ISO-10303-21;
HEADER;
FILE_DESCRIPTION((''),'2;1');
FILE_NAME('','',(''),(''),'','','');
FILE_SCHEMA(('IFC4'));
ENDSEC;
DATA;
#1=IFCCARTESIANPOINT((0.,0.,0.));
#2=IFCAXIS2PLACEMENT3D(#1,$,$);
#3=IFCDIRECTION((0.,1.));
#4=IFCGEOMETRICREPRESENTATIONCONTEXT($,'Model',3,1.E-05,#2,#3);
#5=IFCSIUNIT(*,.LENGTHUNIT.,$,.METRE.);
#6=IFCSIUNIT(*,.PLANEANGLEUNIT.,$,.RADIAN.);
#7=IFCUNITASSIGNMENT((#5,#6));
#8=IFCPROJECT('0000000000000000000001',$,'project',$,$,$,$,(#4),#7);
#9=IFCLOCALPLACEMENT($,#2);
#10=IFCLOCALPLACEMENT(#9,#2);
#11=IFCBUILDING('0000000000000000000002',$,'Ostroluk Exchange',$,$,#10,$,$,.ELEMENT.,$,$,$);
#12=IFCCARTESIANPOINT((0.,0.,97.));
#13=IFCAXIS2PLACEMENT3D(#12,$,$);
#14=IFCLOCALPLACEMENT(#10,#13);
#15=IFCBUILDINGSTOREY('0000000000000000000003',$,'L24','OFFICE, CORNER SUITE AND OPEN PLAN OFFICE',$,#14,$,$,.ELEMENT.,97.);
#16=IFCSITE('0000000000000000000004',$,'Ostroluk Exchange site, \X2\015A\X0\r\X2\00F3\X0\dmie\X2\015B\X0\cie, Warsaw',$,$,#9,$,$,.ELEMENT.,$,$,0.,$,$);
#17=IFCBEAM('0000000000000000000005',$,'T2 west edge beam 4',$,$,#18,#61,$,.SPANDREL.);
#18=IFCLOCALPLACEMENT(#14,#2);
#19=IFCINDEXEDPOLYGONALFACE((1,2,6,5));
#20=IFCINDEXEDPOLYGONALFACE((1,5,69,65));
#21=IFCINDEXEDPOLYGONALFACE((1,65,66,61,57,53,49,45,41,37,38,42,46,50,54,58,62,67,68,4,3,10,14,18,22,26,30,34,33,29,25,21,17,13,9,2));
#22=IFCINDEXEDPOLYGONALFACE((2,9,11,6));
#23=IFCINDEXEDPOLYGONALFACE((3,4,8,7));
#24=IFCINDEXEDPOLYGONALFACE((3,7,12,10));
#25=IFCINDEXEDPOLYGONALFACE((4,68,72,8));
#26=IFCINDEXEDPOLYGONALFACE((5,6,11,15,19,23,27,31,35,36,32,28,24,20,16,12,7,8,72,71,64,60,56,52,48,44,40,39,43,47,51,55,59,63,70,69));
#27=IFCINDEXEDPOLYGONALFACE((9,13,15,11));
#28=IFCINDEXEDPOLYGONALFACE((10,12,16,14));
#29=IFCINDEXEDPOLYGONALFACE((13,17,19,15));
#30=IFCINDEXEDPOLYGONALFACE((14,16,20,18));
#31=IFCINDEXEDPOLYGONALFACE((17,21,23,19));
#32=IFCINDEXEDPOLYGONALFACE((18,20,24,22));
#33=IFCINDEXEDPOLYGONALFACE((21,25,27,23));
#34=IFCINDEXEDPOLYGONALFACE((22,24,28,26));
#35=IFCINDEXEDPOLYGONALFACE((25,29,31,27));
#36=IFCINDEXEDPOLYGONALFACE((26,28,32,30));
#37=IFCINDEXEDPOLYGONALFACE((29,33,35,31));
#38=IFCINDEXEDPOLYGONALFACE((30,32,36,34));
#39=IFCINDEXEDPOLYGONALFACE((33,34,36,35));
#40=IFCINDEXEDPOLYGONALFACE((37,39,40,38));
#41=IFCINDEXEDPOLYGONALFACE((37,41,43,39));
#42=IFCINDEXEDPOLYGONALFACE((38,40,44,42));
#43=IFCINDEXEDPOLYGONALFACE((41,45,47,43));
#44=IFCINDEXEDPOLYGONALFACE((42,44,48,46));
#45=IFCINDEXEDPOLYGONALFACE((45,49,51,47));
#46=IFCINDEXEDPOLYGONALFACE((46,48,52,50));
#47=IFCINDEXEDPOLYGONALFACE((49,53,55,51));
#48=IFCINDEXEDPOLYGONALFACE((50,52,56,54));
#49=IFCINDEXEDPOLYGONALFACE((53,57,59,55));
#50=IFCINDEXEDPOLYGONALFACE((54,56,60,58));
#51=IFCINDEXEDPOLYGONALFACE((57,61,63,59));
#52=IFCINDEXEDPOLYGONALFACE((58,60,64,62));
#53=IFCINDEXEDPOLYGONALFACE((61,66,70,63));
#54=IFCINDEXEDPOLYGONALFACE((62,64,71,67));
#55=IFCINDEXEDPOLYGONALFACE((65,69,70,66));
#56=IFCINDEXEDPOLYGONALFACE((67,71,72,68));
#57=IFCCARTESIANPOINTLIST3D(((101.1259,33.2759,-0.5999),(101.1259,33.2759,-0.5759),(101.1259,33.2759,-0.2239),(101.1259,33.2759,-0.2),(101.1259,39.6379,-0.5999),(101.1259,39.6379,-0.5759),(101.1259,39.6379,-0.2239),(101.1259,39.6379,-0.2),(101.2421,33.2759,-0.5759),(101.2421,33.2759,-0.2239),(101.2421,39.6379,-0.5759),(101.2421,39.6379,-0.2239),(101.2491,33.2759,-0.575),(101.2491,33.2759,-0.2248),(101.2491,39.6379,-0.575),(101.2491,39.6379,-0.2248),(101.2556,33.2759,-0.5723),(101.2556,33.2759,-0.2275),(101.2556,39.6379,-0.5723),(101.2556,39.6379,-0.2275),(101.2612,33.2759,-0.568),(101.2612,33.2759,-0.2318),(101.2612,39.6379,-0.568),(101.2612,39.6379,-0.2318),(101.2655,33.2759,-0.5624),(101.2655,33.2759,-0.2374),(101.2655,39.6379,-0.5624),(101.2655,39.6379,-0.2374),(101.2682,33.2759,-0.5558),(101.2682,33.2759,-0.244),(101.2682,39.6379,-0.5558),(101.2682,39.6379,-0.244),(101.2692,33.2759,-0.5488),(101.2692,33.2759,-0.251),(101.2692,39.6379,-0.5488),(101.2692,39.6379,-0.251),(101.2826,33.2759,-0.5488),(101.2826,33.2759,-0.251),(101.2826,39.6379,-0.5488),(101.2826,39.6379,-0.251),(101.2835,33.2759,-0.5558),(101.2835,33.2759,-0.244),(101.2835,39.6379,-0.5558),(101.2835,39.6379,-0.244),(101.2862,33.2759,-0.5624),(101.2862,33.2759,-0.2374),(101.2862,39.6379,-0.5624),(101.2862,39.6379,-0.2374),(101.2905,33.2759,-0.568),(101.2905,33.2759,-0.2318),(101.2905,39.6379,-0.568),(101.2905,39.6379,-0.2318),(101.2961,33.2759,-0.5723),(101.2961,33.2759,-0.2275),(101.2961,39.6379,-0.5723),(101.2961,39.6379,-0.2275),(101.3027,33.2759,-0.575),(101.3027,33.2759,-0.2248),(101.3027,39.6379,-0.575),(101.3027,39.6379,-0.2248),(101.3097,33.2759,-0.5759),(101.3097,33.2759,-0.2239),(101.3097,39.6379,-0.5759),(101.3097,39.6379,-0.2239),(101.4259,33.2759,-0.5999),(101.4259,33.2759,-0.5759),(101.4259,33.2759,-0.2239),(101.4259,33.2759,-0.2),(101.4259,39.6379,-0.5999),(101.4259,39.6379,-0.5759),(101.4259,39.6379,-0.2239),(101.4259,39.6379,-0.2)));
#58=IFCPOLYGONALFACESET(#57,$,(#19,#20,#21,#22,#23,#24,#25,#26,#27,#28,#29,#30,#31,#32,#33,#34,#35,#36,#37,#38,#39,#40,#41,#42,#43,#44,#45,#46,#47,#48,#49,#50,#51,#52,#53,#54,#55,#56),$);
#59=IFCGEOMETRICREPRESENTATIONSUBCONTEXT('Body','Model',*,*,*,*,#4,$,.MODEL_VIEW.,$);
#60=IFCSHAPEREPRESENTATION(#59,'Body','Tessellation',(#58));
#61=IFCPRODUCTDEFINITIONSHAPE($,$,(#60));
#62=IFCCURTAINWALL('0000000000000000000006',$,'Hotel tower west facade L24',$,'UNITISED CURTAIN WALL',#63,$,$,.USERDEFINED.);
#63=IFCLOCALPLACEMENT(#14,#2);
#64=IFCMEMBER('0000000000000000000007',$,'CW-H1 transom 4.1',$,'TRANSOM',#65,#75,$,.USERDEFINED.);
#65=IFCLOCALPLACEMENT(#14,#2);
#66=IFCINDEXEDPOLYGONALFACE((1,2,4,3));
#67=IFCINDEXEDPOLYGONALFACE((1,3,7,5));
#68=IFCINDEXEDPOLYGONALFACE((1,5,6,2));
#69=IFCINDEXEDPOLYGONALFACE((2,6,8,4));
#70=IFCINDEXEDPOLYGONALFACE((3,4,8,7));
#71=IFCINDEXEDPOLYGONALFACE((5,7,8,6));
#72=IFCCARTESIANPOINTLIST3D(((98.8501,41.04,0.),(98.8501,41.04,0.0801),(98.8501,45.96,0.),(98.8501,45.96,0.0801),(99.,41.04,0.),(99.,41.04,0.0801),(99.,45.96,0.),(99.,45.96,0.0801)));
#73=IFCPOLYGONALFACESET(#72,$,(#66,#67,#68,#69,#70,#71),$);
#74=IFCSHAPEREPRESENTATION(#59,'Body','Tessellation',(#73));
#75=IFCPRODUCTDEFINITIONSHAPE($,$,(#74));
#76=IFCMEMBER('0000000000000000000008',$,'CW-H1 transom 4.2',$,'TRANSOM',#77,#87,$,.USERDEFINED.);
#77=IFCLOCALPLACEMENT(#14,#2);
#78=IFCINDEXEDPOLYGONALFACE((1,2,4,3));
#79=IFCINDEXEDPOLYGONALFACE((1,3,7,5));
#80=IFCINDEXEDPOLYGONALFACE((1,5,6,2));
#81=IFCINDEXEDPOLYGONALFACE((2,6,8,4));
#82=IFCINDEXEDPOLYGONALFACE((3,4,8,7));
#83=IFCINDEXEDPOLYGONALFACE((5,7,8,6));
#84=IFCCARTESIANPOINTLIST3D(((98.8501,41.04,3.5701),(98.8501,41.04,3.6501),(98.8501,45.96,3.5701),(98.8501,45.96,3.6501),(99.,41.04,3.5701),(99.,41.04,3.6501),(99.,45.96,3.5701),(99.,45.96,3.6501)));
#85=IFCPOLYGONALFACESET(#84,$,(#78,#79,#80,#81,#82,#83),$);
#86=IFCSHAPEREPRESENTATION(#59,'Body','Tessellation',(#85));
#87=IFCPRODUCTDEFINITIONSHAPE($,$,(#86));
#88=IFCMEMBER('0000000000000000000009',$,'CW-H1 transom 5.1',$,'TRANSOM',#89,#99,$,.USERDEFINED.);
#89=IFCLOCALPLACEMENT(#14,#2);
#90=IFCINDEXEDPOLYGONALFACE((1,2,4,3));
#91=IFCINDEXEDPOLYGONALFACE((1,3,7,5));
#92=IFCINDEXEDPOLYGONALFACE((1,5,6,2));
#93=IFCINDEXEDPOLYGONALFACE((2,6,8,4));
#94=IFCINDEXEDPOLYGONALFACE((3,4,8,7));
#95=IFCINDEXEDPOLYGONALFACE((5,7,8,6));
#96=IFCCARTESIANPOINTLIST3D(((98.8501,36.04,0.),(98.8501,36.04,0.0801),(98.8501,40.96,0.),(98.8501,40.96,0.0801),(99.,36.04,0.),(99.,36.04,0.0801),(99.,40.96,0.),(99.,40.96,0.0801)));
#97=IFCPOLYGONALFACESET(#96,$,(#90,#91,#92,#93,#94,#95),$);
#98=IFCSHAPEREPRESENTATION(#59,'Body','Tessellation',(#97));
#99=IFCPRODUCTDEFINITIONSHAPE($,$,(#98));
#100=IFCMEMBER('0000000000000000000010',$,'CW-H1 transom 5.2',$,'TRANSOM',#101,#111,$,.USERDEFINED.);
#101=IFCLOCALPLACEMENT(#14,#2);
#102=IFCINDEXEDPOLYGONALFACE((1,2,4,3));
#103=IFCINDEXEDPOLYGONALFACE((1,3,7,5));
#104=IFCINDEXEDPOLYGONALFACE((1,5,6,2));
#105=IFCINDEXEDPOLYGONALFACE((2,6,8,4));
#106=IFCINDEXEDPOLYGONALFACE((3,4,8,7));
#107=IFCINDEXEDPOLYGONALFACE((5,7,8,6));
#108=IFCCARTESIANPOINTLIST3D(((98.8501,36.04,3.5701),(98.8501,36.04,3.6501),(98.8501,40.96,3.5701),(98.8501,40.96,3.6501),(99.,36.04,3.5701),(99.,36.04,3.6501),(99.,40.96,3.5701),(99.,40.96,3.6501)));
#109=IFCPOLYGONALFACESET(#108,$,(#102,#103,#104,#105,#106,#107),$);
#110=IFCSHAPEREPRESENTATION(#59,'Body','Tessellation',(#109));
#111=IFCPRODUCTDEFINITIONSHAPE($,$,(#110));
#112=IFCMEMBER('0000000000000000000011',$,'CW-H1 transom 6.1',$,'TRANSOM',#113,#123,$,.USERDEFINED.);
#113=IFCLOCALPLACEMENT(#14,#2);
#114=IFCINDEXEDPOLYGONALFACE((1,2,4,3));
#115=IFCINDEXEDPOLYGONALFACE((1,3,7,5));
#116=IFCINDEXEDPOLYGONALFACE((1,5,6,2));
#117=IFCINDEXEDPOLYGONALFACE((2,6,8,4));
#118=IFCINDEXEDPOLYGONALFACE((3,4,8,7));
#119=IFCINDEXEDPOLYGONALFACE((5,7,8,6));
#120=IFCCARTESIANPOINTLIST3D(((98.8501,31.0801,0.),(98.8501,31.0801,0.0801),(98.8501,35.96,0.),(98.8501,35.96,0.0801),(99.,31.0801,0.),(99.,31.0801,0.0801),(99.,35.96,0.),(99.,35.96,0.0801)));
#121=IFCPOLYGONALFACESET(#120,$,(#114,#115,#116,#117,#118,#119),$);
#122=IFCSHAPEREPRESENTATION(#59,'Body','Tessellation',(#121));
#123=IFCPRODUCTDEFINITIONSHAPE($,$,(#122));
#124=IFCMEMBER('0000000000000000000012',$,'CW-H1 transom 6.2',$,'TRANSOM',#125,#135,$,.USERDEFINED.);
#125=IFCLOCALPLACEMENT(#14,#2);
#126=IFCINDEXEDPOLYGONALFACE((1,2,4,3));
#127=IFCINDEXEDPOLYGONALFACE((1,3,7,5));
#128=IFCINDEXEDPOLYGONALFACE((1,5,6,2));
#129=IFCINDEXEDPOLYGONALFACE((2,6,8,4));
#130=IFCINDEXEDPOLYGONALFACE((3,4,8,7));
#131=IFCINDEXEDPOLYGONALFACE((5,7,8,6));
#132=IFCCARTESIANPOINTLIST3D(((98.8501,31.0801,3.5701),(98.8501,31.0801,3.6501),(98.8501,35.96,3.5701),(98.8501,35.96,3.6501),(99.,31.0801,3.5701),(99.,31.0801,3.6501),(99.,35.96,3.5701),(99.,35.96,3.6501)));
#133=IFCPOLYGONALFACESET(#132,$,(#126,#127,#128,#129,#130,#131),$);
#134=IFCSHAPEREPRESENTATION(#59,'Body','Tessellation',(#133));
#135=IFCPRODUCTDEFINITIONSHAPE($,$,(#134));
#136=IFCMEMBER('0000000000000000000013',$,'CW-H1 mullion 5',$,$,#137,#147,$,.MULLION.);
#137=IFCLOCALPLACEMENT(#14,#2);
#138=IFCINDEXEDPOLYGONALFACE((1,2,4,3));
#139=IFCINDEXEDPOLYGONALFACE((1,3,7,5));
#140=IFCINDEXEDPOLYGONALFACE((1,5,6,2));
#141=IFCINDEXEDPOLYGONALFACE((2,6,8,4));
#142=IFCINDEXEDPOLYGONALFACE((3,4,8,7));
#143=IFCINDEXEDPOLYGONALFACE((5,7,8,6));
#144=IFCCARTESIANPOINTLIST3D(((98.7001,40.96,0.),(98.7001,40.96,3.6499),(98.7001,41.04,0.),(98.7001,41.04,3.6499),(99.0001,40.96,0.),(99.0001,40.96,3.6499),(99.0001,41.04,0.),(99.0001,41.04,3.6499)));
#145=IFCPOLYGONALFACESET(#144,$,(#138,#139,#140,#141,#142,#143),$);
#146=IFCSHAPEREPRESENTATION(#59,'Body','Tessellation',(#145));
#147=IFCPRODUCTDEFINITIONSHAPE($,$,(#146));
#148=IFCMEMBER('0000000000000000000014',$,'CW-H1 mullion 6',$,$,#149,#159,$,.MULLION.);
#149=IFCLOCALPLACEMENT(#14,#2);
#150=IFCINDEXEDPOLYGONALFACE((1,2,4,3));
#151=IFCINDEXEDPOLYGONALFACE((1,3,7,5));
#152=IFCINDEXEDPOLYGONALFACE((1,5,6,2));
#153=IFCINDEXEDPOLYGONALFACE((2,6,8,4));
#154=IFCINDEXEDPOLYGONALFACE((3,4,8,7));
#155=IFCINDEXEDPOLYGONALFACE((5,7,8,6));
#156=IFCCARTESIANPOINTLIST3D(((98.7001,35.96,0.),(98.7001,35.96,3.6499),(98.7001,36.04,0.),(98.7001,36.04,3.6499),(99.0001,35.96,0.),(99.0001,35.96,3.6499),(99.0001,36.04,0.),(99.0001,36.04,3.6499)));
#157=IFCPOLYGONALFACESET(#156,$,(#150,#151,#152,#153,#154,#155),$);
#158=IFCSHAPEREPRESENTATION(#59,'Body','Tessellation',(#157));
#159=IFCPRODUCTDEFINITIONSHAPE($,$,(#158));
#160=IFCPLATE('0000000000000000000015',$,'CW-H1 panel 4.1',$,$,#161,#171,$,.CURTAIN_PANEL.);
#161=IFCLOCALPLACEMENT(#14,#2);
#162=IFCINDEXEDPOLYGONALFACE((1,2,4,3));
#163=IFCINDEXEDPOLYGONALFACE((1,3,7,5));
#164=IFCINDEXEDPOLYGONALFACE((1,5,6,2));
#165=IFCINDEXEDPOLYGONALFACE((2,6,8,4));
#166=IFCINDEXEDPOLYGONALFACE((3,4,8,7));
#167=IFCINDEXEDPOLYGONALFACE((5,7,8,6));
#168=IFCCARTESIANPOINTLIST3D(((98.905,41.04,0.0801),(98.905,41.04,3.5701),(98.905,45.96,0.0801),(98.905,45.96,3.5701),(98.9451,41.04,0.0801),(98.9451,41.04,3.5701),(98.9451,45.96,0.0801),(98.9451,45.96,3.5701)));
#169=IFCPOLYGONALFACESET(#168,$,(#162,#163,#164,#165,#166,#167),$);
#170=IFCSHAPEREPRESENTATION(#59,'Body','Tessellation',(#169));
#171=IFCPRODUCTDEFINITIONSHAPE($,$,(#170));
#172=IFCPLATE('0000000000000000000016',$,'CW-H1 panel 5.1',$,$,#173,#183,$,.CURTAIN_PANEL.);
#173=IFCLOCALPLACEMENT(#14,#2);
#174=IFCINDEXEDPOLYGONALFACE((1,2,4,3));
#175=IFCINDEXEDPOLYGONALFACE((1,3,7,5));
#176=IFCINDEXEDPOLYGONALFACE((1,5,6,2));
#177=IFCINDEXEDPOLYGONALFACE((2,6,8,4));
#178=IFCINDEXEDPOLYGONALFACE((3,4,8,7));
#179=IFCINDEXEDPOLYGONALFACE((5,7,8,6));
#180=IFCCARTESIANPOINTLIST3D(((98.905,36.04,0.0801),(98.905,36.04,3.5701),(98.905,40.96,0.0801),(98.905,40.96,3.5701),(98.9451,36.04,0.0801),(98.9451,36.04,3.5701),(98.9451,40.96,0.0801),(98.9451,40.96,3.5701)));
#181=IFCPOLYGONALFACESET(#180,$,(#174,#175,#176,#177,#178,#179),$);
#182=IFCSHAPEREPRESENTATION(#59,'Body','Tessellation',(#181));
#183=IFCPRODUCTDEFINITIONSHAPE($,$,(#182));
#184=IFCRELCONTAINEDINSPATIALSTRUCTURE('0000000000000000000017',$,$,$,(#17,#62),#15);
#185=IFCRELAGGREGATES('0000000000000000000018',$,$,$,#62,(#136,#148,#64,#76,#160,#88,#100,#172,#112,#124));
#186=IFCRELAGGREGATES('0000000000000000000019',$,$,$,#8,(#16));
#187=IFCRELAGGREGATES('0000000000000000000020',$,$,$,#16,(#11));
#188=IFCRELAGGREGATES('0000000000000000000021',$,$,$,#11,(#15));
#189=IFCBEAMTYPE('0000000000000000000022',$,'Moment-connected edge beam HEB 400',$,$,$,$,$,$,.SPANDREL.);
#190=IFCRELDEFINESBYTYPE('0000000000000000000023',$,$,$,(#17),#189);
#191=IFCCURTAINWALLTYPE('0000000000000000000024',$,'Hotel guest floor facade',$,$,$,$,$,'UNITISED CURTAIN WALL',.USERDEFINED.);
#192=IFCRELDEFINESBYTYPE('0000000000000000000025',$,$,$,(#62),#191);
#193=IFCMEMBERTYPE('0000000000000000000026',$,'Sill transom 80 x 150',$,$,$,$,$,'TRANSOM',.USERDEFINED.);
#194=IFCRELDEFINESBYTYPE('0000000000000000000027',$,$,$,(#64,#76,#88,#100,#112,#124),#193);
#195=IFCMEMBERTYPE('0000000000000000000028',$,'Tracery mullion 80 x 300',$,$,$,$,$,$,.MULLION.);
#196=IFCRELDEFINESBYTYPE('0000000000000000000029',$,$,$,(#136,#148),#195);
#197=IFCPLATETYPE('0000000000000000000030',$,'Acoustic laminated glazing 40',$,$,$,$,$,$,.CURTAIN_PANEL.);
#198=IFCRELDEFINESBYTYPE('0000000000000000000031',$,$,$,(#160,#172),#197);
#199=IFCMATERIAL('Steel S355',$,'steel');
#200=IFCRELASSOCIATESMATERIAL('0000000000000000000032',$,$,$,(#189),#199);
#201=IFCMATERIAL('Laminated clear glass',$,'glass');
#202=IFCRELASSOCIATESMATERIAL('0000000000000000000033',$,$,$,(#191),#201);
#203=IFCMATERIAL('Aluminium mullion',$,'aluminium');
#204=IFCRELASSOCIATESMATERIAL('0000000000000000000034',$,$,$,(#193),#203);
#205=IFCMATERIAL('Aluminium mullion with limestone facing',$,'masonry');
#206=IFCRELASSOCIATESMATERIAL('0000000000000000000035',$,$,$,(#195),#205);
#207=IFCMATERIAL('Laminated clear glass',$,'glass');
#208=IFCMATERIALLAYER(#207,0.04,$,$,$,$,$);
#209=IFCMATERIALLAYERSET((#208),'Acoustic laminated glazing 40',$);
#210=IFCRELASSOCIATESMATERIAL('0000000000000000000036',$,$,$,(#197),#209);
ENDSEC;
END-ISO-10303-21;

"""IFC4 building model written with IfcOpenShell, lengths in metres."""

from ifc_helpers import new_model, si_unit, direction, frame, origin, origin_2d, place, context, subcontext, project, spatial, rectangle, i_section, extrude, material, layer, layer_set, material_profile, profile_set, type_object, element, aggregate, save


model = new_model("IFC4")

# Units and contexts
model_context = context("Model", 3, precision=1e-05, world=origin(), true_north=direction((0.0, 1.0)))
body_context = subcontext(model_context, "Body", "Model", "MODEL_VIEW")
ifc_project = project(units=[si_unit("LENGTHUNIT", "METRE"), si_unit("PLANEANGLEUNIT", "RADIAN")], contexts=[model_context])

# Site, building, storey
site_placement = place(None, origin())
site = spatial("IfcSite", under=ifc_project, at=site_placement, Name="Ostroluk Exchange site, Śródmieście, Warsaw", CompositionType="ELEMENT", RefElevation=0.0)
building_placement = place(site_placement, origin())
building = spatial("IfcBuilding", under=site, at=building_placement, Name="Ostroluk Exchange", CompositionType="ELEMENT")
storey_placement = place(building_placement, frame((0.0, 0.0, 97.0)))
storey = spatial("IfcBuildingStorey", under=building, at=storey_placement, Name="L24", Description="OFFICE, CORNER SUITE AND OPEN PLAN OFFICE", CompositionType="ELEMENT", Elevation=97.0)

# Beam
ifc_material_1 = material(Name="Steel S355", Category="steel")
ifc_material_profile_1 = material_profile(ifc_material_1, i_section(OverallWidth=0.3, OverallDepth=0.3999, WebThickness=0.0134, FlangeThickness=0.0239, FilletRadius=0.0271, at=origin_2d()), Name="HEB 400")
ifc_profile_set_1 = profile_set([ifc_material_profile_1], Name="Steel S355")
beam_type_1 = type_object("IfcBeamType", Name="Moment-connected edge beam HEB 400", PredefinedType="SPANDREL", material=ifc_profile_set_1)
beam_1_placement = place(storey_placement, frame((101.2759, 39.6379, -0.3999), z_axis=(0.0, -1.0, 0.0), x_axis=(1.0, 0.0, 0.0)))
element("IfcBeam", 1, at=beam_1_placement, inside=storey, type_object=beam_type_1, Name="T2 west edge beam 4", PredefinedType="SPANDREL", context=body_context, shape_type="SweptSolid", body=[
    extrude(i_section(OverallWidth=0.3, OverallDepth=0.3999, WebThickness=0.0134, FlangeThickness=0.0239, FilletRadius=0.0271, at=origin_2d()), origin(), (0.0, 0.0, 1.0), 6.3621),
])

# Curtain wall, members, plates
ifc_material_2 = material(Name="Laminated clear glass", Category="glass")
curtain_wall_type = type_object("IfcCurtainWallType", Name="Hotel guest floor facade", ElementType="UNITISED CURTAIN WALL", PredefinedType="USERDEFINED", material=ifc_material_2)
curtain_wall_placement = place(storey_placement, origin())
curtain_wall = element("IfcCurtainWall", 2, at=curtain_wall_placement, inside=storey, type_object=curtain_wall_type, Name="Hotel tower west facade L24", ObjectType="UNITISED CURTAIN WALL", PredefinedType="USERDEFINED")
ifc_material_3 = material(Name="Aluminium mullion", Category="aluminium")
ifc_material_profile_2 = material_profile(ifc_material_3, rectangle(XDim=0.1499, YDim=0.0801, at=origin_2d()), Name="Sill transom 80 x 150")
ifc_profile_set_2 = profile_set([ifc_material_profile_2], Name="Aluminium mullion")
member_type_1 = type_object("IfcMemberType", Name="Sill transom 80 x 150", ElementType="TRANSOM", PredefinedType="USERDEFINED", material=ifc_profile_set_2)
member_1_placement = place(storey_placement, frame((98.925, 45.96, 0.04), z_axis=(0.0, -1.0, 0.0), x_axis=(1.0, 0.0, 0.0)))
member_1 = element("IfcMember", 3, at=member_1_placement, type_object=member_type_1, Name="CW-H1 transom 4.1", ObjectType="TRANSOM", PredefinedType="USERDEFINED", context=body_context, shape_type="SweptSolid", body=[
    extrude(rectangle(XDim=0.1499, YDim=0.0801, at=origin_2d()), origin(), (0.0, 0.0, 1.0), 4.9199),
])
member_2_placement = place(storey_placement, frame((98.925, 45.96, 3.6101), z_axis=(0.0, -1.0, 0.0), x_axis=(1.0, 0.0, 0.0)))
member_2 = element("IfcMember", 4, at=member_2_placement, type_object=member_type_1, Name="CW-H1 transom 4.2", ObjectType="TRANSOM", PredefinedType="USERDEFINED", context=body_context, shape_type="SweptSolid", body=[
    extrude(rectangle(XDim=0.1499, YDim=0.0801, at=origin_2d()), origin(), (0.0, 0.0, 1.0), 4.9199),
])
member_3_placement = place(storey_placement, frame((98.925, 40.96, 0.04), z_axis=(0.0, -1.0, 0.0), x_axis=(1.0, 0.0, 0.0)))
member_3 = element("IfcMember", 5, at=member_3_placement, type_object=member_type_1, Name="CW-H1 transom 5.1", ObjectType="TRANSOM", PredefinedType="USERDEFINED", context=body_context, shape_type="SweptSolid", body=[
    extrude(rectangle(XDim=0.1499, YDim=0.0801, at=origin_2d()), origin(), (0.0, 0.0, 1.0), 4.9199),
])
member_4_placement = place(storey_placement, frame((98.925, 40.96, 3.6101), z_axis=(0.0, -1.0, 0.0), x_axis=(1.0, 0.0, 0.0)))
member_4 = element("IfcMember", 6, at=member_4_placement, type_object=member_type_1, Name="CW-H1 transom 5.2", ObjectType="TRANSOM", PredefinedType="USERDEFINED", context=body_context, shape_type="SweptSolid", body=[
    extrude(rectangle(XDim=0.1499, YDim=0.0801, at=origin_2d()), origin(), (0.0, 0.0, 1.0), 4.9199),
])
member_5_placement = place(storey_placement, frame((98.925, 35.96, 0.04), z_axis=(0.0, -1.0, 0.0), x_axis=(1.0, 0.0, 0.0)))
member_5 = element("IfcMember", 7, at=member_5_placement, type_object=member_type_1, Name="CW-H1 transom 6.1", ObjectType="TRANSOM", PredefinedType="USERDEFINED", context=body_context, shape_type="SweptSolid", body=[
    extrude(rectangle(XDim=0.1499, YDim=0.0801, at=origin_2d()), origin(), (0.0, 0.0, 1.0), 4.8799),
])
member_6_placement = place(storey_placement, frame((98.925, 35.96, 3.6101), z_axis=(0.0, -1.0, 0.0), x_axis=(1.0, 0.0, 0.0)))
member_6 = element("IfcMember", 8, at=member_6_placement, type_object=member_type_1, Name="CW-H1 transom 6.2", ObjectType="TRANSOM", PredefinedType="USERDEFINED", context=body_context, shape_type="SweptSolid", body=[
    extrude(rectangle(XDim=0.1499, YDim=0.0801, at=origin_2d()), origin(), (0.0, 0.0, 1.0), 4.8799),
])
ifc_material_4 = material(Name="Aluminium mullion with limestone facing", Category="masonry")
ifc_material_profile_3 = material_profile(ifc_material_4, rectangle(XDim=0.3, YDim=0.0801, at=origin_2d()), Name="Tracery mullion 80 x 300")
ifc_profile_set_3 = profile_set([ifc_material_profile_3], Name="Aluminium mullion with limestone facing")
member_type_2 = type_object("IfcMemberType", Name="Tracery mullion 80 x 300", PredefinedType="MULLION", material=ifc_profile_set_3)
member_7_placement = place(storey_placement, frame((98.8501, 41.0, 0.0), z_axis=(0.0, 0.0, 1.0), x_axis=(1.0, 0.0, 0.0)))
member_7 = element("IfcMember", 9, at=member_7_placement, type_object=member_type_2, Name="CW-H1 mullion 5", PredefinedType="MULLION", context=body_context, shape_type="SweptSolid", body=[
    extrude(rectangle(XDim=0.3, YDim=0.0801, at=origin_2d()), origin(), (0.0, 0.0, 1.0), 3.6499),
])
member_8_placement = place(storey_placement, frame((98.8501, 36.0, 0.0), z_axis=(0.0, 0.0, 1.0), x_axis=(1.0, 0.0, 0.0)))
member_8 = element("IfcMember", 10, at=member_8_placement, type_object=member_type_2, Name="CW-H1 mullion 6", PredefinedType="MULLION", context=body_context, shape_type="SweptSolid", body=[
    extrude(rectangle(XDim=0.3, YDim=0.0801, at=origin_2d()), origin(), (0.0, 0.0, 1.0), 3.6499),
])
ifc_material_5 = material(Name="Laminated clear glass", Category="glass")
ifc_layer_1 = layer(ifc_material_5, 0.04)
ifc_layer_set_1 = layer_set([ifc_layer_1], Name="Acoustic laminated glazing 40")
plate_type = type_object("IfcPlateType", Name="Acoustic laminated glazing 40", PredefinedType="CURTAIN_PANEL", material=ifc_layer_set_1)
plate_1_placement = place(storey_placement, frame((98.925, 43.5, 0.0801), z_axis=(0.0, 0.0, 1.0), x_axis=(0.0, -1.0, 0.0)))
plate_1 = element("IfcPlate", 11, at=plate_1_placement, type_object=plate_type, Name="CW-H1 panel 4.1", PredefinedType="CURTAIN_PANEL", context=body_context, shape_type="SweptSolid", body=[
    extrude(rectangle(XDim=4.9199, YDim=0.04, at=origin_2d()), origin(), (0.0, 0.0, 1.0), 3.49),
])
plate_2_placement = place(storey_placement, frame((98.925, 38.5, 0.0801), z_axis=(0.0, 0.0, 1.0), x_axis=(0.0, -1.0, 0.0)))
plate_2 = element("IfcPlate", 12, at=plate_2_placement, type_object=plate_type, Name="CW-H1 panel 5.1", PredefinedType="CURTAIN_PANEL", context=body_context, shape_type="SweptSolid", body=[
    extrude(rectangle(XDim=4.9199, YDim=0.04, at=origin_2d()), origin(), (0.0, 0.0, 1.0), 3.49),
])
aggregate(curtain_wall, [member_7, member_8, member_1, member_2, plate_1, member_3, member_4, plate_2, member_5, member_6])

save(model, "model.ifc")
